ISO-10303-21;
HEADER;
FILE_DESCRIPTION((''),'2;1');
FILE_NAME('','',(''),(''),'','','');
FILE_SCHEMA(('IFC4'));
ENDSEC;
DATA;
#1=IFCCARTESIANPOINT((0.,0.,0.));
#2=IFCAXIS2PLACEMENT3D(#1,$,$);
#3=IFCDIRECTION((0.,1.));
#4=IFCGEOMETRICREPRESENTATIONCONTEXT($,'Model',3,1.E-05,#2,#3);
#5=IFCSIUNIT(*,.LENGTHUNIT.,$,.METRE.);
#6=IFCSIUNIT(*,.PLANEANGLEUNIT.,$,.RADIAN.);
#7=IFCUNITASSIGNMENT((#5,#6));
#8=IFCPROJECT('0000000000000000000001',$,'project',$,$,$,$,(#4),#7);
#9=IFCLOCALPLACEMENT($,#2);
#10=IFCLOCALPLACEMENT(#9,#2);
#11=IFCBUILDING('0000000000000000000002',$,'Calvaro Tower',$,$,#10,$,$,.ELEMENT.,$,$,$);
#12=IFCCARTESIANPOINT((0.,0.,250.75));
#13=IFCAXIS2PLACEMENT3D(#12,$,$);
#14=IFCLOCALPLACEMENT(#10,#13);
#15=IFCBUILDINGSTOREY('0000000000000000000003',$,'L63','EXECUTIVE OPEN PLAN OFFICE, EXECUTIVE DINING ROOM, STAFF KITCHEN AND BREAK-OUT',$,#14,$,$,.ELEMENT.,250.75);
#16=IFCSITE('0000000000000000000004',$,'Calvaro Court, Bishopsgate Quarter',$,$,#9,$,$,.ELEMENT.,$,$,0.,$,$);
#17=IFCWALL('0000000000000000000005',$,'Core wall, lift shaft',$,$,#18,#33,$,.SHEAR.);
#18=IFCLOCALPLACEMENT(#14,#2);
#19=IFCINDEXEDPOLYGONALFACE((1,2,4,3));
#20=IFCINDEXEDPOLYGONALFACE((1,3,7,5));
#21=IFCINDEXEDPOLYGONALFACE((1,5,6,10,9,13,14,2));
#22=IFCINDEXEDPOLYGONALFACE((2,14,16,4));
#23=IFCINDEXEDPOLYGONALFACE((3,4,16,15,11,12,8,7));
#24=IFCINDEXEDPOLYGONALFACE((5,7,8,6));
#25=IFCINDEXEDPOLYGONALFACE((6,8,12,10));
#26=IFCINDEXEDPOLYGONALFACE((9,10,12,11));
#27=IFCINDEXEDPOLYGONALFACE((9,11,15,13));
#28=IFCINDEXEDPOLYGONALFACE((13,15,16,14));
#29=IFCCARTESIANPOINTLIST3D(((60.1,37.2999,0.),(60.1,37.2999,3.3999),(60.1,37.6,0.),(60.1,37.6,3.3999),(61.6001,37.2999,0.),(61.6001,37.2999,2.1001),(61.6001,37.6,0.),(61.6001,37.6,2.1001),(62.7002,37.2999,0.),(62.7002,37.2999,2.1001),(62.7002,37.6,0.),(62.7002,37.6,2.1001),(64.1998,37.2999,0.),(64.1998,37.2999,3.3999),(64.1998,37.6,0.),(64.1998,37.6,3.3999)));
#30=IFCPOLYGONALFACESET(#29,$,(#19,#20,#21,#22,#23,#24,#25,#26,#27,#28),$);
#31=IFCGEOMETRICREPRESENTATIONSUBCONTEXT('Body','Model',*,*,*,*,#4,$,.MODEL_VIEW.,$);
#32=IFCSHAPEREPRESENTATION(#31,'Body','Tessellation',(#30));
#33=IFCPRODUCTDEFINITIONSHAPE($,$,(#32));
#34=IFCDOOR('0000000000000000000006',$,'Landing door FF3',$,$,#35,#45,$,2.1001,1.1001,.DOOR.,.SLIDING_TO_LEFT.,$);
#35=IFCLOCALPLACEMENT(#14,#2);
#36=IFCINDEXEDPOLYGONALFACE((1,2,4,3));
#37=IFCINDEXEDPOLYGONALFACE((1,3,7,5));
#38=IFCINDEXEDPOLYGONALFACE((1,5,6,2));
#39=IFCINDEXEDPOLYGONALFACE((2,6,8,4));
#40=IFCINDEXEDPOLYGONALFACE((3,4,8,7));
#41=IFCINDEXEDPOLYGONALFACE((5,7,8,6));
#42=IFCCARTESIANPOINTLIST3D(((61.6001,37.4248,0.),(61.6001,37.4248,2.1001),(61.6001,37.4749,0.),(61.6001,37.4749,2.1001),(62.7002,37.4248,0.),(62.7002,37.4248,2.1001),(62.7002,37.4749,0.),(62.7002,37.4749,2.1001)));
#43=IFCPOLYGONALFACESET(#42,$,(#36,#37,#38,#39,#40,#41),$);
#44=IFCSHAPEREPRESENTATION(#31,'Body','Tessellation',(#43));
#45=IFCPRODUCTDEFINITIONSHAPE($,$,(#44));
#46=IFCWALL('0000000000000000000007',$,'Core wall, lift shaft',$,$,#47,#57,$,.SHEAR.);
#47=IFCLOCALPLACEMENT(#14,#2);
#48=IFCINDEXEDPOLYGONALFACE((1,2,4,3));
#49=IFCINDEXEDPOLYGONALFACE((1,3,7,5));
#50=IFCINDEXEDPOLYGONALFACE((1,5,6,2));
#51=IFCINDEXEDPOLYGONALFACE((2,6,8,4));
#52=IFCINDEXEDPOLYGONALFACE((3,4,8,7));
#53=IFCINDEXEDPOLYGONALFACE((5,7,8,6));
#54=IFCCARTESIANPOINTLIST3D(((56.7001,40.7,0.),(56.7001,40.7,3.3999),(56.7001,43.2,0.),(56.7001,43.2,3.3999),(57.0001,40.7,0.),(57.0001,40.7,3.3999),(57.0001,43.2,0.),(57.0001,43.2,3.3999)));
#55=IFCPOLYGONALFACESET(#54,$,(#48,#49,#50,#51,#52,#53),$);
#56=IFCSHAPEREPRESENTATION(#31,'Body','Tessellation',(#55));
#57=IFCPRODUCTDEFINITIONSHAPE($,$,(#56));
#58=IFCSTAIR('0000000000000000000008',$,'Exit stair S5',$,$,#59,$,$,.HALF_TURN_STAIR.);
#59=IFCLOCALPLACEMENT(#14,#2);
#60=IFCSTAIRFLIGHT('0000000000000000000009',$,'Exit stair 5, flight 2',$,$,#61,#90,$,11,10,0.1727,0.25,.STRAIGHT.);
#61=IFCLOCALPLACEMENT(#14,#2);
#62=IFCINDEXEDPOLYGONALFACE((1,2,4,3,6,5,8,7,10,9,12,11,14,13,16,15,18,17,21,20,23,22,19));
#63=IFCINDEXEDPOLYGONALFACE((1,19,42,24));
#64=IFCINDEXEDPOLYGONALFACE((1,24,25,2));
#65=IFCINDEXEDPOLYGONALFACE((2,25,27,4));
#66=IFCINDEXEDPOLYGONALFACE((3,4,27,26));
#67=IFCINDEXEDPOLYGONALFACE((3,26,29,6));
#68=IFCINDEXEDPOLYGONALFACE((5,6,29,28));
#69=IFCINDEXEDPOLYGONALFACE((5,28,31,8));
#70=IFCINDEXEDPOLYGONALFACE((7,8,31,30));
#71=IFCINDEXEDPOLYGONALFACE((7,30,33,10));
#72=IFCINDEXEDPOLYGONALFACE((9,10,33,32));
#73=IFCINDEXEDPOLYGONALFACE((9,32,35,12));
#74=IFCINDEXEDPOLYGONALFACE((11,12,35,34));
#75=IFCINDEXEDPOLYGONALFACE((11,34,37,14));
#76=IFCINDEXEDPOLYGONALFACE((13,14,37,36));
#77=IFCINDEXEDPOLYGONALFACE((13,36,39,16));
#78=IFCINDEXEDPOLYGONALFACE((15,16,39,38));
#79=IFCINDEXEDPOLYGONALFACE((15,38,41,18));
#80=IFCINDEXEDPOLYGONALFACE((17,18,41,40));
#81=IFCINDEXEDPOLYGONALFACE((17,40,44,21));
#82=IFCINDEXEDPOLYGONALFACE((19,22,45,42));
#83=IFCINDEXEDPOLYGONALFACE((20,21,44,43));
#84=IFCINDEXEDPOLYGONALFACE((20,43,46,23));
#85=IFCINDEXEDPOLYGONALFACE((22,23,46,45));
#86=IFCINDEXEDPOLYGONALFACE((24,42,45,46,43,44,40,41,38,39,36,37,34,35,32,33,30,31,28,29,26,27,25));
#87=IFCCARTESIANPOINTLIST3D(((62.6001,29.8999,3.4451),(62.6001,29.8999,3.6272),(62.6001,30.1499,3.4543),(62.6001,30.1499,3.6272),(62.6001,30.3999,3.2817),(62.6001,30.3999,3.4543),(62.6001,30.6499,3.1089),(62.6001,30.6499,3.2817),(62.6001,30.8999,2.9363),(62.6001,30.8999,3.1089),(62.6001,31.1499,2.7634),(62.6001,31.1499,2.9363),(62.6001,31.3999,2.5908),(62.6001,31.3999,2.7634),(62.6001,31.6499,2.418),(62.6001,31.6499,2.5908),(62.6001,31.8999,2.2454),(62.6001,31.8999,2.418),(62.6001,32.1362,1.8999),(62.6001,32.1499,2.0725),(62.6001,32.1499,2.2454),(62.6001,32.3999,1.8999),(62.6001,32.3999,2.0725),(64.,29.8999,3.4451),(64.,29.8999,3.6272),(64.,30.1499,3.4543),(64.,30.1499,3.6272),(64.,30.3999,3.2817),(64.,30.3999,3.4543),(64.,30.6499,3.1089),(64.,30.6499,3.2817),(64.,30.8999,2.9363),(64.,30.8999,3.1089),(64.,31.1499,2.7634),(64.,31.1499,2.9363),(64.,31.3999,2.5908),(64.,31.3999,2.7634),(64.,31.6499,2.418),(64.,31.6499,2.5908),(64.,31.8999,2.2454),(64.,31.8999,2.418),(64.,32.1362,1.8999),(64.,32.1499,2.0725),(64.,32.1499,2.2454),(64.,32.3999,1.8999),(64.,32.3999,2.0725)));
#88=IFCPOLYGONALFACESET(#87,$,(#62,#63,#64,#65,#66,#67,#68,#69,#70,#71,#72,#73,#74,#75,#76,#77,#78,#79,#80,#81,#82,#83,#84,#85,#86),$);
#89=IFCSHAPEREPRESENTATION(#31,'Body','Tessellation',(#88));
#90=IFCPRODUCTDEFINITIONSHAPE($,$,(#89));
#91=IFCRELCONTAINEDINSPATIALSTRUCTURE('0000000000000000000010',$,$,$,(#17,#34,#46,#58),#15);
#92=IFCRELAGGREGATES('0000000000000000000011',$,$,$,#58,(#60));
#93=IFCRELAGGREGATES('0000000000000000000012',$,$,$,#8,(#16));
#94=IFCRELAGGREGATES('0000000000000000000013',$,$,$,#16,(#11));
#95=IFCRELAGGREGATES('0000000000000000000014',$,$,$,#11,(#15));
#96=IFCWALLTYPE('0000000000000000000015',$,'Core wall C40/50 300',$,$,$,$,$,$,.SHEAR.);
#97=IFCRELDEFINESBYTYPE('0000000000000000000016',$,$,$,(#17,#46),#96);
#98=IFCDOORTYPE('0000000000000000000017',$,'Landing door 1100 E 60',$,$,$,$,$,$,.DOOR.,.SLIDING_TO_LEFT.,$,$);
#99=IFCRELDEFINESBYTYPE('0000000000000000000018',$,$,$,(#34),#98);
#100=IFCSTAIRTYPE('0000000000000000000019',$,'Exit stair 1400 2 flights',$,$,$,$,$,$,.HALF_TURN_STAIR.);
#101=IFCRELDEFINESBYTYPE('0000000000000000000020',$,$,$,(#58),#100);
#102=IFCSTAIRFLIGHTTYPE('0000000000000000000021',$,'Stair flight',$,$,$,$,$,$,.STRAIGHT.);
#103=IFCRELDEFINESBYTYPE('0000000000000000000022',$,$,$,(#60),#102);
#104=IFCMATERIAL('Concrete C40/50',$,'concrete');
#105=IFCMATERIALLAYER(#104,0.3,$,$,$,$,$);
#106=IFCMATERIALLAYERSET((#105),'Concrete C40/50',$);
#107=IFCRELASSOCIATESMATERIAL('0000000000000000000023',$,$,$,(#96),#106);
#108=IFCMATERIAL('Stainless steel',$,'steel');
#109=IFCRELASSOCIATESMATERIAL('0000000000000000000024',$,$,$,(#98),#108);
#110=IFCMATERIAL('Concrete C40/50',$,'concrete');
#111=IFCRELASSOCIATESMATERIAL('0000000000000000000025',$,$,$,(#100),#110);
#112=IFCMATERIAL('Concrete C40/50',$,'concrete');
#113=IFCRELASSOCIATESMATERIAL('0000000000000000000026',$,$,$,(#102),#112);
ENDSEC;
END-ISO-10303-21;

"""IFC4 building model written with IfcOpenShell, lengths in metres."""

from ifc_helpers import new_model, si_unit, direction, frame, frame_2d, origin, place, context, subcontext, project, spatial, polyline, rectangle, outline, extrude, material, layer, layer_set, type_object, element, fill, aggregate, save


model = new_model("IFC4")

# Units and contexts
model_context = context("Model", 3, precision=1e-05, world=origin(), true_north=direction((0.0, 1.0)))
body_context = subcontext(model_context, "Body", "Model", "MODEL_VIEW")
ifc_project = project(units=[si_unit("LENGTHUNIT", "METRE"), si_unit("PLANEANGLEUNIT", "RADIAN")], contexts=[model_context])

# Site, building, storey
site_placement = place(None, origin())
site = spatial("IfcSite", under=ifc_project, at=site_placement, Name="Calvaro Court, Bishopsgate Quarter", CompositionType="ELEMENT", RefElevation=0.0)
building_placement = place(site_placement, origin())
building = spatial("IfcBuilding", under=site, at=building_placement, Name="Calvaro Tower", CompositionType="ELEMENT")
storey_placement = place(building_placement, frame((0.0, 0.0, 250.75)))
storey = spatial("IfcBuildingStorey", under=building, at=storey_placement, Name="L63", Description="EXECUTIVE OPEN PLAN OFFICE, EXECUTIVE DINING ROOM, STAFF KITCHEN AND BREAK-OUT", CompositionType="ELEMENT", Elevation=250.75)

# Shared definitions
ifc_material_1 = material(Name="Concrete C40/50", Category="concrete")
ifc_layer_1 = layer(ifc_material_1, 0.3)
ifc_layer_set_1 = layer_set([ifc_layer_1], Name="Concrete C40/50")
wall_type_1 = type_object("IfcWallType", Name="Core wall C40/50 300", PredefinedType="SHEAR", material=ifc_layer_set_1)

# Wall, opening, door
wall_1_placement = place(storey_placement, frame((60.1001, 37.45, 0.0), z_axis=(0.0, 0.0, 1.0), x_axis=(1.0, 0.0, 0.0)))
wall_1 = element("IfcWall", 1, at=wall_1_placement, inside=storey, type_object=wall_type_1, Name="Core wall, lift shaft", PredefinedType="SHEAR", context=body_context, shape_type="SweptSolid", body=[
    extrude(rectangle(XDim=4.0999, YDim=0.3, at=frame_2d((2.0498, 0.0))), origin(), (0.0, 0.0, 1.0), 3.3999),
])
opening_1_placement = place(wall_1_placement, frame((1.5, 0.0, 0.0)))
opening_1 = element("IfcOpeningElement", 2, at=opening_1_placement, cuts=wall_1, PredefinedType="OPENING", context=body_context, shape_type="SweptSolid", body=[
    extrude(rectangle(XDim=1.1001, YDim=2.1001, at=frame_2d((0.55, 1.05))), frame((0.0, 0.1599, 0.0), z_axis=(0.0, -1.0, 0.0), x_axis=(1.0, 0.0, 0.0)), (0.0, 0.0, 1.0), 0.3201),
])
ifc_material_2 = material(Name="Stainless steel", Category="steel")
door_type_1 = type_object("IfcDoorType", Name="Landing door 1100 E 60", OperationType="SLIDING_TO_LEFT", PredefinedType="DOOR", material=ifc_material_2)
door_1_placement = place(opening_1_placement, origin())
door_1 = element("IfcDoor", 3, at=door_1_placement, inside=storey, type_object=door_type_1, Name="Landing door FF3", OperationType="SLIDING_TO_LEFT", OverallHeight=2.1001, OverallWidth=1.1001, PredefinedType="DOOR", context=body_context, shape_type="SweptSolid", body=[
    extrude(rectangle(XDim=1.1001, YDim=2.1001, at=frame_2d((0.55, 1.05))), frame((0.0, 0.0249, 0.0), z_axis=(0.0, -1.0, 0.0), x_axis=(1.0, 0.0, 0.0)), (0.0, 0.0, 1.0), 0.05),
])
fill(opening_1, door_1)

# Wall
wall_2_placement = place(storey_placement, frame((56.8501, 40.7, 0.0), z_axis=(0.0, 0.0, 1.0), x_axis=(0.0, 1.0, 0.0)))
element("IfcWall", 4, at=wall_2_placement, inside=storey, type_object=wall_type_1, Name="Core wall, lift shaft", PredefinedType="SHEAR", context=body_context, shape_type="SweptSolid", body=[
    extrude(rectangle(XDim=2.5, YDim=0.3, at=frame_2d((1.25, 0.0))), origin(), (0.0, 0.0, 1.0), 3.3999),
])

# Stair, stair flight
ifc_material_3 = material(Name="Concrete C40/50", Category="concrete")
stair_type = type_object("IfcStairType", Name="Exit stair 1400 2 flights", PredefinedType="HALF_TURN_STAIR", material=ifc_material_3)
stair_placement = place(storey_placement, origin())
stair = element("IfcStair", 5, at=stair_placement, inside=storey, type_object=stair_type, Name="Exit stair S5", PredefinedType="HALF_TURN_STAIR")
ifc_material_4 = material(Name="Concrete C40/50", Category="concrete")
stair_flight_type = type_object("IfcStairFlightType", Name="Stair flight", PredefinedType="STRAIGHT", material=ifc_material_4)
stair_flight_placement = place(storey_placement, frame((63.3, 32.3999, 1.8999), z_axis=(0.0, 0.0, 1.0), x_axis=(0.0, -1.0, 0.0)))
stair_flight = element("IfcStairFlight", 6, at=stair_flight_placement, type_object=stair_flight_type, Name="Exit stair 5, flight 2", NumberOfRisers=11, NumberOfTreads=10, PredefinedType="STRAIGHT", RiserHeight=0.1727, TreadLength=0.25, context=body_context, shape_type="SweptSolid", body=[
    extrude(outline(polyline([(0.0, 0.0), (0.0, 0.1726), (0.25, 0.1726), (0.25, 0.3455), (0.5, 0.3455), (0.5, 0.5181), (0.75, 0.5181), (0.75, 0.6909), (1.0, 0.6909), (1.0, 0.8635), (1.25, 0.8635), (1.25, 1.0364), (1.5, 1.0364), (1.5, 1.209), (1.75, 1.209), (1.75, 1.3818), (2.0, 1.3818), (2.0, 1.5544), (2.25, 1.5544), (2.25, 1.7273), (2.5, 1.7273), (2.5, 1.8999), (2.5, 1.5452), (0.2637, 0.0), (0.0, 0.0)])), frame((0.0, 0.7, 0.0), z_axis=(0.0, -1.0, 0.0), x_axis=(1.0, 0.0, 0.0)), (0.0, 0.0, 1.0), 1.3999),
])
aggregate(stair, [stair_flight])

save(model, "model.ifc")
